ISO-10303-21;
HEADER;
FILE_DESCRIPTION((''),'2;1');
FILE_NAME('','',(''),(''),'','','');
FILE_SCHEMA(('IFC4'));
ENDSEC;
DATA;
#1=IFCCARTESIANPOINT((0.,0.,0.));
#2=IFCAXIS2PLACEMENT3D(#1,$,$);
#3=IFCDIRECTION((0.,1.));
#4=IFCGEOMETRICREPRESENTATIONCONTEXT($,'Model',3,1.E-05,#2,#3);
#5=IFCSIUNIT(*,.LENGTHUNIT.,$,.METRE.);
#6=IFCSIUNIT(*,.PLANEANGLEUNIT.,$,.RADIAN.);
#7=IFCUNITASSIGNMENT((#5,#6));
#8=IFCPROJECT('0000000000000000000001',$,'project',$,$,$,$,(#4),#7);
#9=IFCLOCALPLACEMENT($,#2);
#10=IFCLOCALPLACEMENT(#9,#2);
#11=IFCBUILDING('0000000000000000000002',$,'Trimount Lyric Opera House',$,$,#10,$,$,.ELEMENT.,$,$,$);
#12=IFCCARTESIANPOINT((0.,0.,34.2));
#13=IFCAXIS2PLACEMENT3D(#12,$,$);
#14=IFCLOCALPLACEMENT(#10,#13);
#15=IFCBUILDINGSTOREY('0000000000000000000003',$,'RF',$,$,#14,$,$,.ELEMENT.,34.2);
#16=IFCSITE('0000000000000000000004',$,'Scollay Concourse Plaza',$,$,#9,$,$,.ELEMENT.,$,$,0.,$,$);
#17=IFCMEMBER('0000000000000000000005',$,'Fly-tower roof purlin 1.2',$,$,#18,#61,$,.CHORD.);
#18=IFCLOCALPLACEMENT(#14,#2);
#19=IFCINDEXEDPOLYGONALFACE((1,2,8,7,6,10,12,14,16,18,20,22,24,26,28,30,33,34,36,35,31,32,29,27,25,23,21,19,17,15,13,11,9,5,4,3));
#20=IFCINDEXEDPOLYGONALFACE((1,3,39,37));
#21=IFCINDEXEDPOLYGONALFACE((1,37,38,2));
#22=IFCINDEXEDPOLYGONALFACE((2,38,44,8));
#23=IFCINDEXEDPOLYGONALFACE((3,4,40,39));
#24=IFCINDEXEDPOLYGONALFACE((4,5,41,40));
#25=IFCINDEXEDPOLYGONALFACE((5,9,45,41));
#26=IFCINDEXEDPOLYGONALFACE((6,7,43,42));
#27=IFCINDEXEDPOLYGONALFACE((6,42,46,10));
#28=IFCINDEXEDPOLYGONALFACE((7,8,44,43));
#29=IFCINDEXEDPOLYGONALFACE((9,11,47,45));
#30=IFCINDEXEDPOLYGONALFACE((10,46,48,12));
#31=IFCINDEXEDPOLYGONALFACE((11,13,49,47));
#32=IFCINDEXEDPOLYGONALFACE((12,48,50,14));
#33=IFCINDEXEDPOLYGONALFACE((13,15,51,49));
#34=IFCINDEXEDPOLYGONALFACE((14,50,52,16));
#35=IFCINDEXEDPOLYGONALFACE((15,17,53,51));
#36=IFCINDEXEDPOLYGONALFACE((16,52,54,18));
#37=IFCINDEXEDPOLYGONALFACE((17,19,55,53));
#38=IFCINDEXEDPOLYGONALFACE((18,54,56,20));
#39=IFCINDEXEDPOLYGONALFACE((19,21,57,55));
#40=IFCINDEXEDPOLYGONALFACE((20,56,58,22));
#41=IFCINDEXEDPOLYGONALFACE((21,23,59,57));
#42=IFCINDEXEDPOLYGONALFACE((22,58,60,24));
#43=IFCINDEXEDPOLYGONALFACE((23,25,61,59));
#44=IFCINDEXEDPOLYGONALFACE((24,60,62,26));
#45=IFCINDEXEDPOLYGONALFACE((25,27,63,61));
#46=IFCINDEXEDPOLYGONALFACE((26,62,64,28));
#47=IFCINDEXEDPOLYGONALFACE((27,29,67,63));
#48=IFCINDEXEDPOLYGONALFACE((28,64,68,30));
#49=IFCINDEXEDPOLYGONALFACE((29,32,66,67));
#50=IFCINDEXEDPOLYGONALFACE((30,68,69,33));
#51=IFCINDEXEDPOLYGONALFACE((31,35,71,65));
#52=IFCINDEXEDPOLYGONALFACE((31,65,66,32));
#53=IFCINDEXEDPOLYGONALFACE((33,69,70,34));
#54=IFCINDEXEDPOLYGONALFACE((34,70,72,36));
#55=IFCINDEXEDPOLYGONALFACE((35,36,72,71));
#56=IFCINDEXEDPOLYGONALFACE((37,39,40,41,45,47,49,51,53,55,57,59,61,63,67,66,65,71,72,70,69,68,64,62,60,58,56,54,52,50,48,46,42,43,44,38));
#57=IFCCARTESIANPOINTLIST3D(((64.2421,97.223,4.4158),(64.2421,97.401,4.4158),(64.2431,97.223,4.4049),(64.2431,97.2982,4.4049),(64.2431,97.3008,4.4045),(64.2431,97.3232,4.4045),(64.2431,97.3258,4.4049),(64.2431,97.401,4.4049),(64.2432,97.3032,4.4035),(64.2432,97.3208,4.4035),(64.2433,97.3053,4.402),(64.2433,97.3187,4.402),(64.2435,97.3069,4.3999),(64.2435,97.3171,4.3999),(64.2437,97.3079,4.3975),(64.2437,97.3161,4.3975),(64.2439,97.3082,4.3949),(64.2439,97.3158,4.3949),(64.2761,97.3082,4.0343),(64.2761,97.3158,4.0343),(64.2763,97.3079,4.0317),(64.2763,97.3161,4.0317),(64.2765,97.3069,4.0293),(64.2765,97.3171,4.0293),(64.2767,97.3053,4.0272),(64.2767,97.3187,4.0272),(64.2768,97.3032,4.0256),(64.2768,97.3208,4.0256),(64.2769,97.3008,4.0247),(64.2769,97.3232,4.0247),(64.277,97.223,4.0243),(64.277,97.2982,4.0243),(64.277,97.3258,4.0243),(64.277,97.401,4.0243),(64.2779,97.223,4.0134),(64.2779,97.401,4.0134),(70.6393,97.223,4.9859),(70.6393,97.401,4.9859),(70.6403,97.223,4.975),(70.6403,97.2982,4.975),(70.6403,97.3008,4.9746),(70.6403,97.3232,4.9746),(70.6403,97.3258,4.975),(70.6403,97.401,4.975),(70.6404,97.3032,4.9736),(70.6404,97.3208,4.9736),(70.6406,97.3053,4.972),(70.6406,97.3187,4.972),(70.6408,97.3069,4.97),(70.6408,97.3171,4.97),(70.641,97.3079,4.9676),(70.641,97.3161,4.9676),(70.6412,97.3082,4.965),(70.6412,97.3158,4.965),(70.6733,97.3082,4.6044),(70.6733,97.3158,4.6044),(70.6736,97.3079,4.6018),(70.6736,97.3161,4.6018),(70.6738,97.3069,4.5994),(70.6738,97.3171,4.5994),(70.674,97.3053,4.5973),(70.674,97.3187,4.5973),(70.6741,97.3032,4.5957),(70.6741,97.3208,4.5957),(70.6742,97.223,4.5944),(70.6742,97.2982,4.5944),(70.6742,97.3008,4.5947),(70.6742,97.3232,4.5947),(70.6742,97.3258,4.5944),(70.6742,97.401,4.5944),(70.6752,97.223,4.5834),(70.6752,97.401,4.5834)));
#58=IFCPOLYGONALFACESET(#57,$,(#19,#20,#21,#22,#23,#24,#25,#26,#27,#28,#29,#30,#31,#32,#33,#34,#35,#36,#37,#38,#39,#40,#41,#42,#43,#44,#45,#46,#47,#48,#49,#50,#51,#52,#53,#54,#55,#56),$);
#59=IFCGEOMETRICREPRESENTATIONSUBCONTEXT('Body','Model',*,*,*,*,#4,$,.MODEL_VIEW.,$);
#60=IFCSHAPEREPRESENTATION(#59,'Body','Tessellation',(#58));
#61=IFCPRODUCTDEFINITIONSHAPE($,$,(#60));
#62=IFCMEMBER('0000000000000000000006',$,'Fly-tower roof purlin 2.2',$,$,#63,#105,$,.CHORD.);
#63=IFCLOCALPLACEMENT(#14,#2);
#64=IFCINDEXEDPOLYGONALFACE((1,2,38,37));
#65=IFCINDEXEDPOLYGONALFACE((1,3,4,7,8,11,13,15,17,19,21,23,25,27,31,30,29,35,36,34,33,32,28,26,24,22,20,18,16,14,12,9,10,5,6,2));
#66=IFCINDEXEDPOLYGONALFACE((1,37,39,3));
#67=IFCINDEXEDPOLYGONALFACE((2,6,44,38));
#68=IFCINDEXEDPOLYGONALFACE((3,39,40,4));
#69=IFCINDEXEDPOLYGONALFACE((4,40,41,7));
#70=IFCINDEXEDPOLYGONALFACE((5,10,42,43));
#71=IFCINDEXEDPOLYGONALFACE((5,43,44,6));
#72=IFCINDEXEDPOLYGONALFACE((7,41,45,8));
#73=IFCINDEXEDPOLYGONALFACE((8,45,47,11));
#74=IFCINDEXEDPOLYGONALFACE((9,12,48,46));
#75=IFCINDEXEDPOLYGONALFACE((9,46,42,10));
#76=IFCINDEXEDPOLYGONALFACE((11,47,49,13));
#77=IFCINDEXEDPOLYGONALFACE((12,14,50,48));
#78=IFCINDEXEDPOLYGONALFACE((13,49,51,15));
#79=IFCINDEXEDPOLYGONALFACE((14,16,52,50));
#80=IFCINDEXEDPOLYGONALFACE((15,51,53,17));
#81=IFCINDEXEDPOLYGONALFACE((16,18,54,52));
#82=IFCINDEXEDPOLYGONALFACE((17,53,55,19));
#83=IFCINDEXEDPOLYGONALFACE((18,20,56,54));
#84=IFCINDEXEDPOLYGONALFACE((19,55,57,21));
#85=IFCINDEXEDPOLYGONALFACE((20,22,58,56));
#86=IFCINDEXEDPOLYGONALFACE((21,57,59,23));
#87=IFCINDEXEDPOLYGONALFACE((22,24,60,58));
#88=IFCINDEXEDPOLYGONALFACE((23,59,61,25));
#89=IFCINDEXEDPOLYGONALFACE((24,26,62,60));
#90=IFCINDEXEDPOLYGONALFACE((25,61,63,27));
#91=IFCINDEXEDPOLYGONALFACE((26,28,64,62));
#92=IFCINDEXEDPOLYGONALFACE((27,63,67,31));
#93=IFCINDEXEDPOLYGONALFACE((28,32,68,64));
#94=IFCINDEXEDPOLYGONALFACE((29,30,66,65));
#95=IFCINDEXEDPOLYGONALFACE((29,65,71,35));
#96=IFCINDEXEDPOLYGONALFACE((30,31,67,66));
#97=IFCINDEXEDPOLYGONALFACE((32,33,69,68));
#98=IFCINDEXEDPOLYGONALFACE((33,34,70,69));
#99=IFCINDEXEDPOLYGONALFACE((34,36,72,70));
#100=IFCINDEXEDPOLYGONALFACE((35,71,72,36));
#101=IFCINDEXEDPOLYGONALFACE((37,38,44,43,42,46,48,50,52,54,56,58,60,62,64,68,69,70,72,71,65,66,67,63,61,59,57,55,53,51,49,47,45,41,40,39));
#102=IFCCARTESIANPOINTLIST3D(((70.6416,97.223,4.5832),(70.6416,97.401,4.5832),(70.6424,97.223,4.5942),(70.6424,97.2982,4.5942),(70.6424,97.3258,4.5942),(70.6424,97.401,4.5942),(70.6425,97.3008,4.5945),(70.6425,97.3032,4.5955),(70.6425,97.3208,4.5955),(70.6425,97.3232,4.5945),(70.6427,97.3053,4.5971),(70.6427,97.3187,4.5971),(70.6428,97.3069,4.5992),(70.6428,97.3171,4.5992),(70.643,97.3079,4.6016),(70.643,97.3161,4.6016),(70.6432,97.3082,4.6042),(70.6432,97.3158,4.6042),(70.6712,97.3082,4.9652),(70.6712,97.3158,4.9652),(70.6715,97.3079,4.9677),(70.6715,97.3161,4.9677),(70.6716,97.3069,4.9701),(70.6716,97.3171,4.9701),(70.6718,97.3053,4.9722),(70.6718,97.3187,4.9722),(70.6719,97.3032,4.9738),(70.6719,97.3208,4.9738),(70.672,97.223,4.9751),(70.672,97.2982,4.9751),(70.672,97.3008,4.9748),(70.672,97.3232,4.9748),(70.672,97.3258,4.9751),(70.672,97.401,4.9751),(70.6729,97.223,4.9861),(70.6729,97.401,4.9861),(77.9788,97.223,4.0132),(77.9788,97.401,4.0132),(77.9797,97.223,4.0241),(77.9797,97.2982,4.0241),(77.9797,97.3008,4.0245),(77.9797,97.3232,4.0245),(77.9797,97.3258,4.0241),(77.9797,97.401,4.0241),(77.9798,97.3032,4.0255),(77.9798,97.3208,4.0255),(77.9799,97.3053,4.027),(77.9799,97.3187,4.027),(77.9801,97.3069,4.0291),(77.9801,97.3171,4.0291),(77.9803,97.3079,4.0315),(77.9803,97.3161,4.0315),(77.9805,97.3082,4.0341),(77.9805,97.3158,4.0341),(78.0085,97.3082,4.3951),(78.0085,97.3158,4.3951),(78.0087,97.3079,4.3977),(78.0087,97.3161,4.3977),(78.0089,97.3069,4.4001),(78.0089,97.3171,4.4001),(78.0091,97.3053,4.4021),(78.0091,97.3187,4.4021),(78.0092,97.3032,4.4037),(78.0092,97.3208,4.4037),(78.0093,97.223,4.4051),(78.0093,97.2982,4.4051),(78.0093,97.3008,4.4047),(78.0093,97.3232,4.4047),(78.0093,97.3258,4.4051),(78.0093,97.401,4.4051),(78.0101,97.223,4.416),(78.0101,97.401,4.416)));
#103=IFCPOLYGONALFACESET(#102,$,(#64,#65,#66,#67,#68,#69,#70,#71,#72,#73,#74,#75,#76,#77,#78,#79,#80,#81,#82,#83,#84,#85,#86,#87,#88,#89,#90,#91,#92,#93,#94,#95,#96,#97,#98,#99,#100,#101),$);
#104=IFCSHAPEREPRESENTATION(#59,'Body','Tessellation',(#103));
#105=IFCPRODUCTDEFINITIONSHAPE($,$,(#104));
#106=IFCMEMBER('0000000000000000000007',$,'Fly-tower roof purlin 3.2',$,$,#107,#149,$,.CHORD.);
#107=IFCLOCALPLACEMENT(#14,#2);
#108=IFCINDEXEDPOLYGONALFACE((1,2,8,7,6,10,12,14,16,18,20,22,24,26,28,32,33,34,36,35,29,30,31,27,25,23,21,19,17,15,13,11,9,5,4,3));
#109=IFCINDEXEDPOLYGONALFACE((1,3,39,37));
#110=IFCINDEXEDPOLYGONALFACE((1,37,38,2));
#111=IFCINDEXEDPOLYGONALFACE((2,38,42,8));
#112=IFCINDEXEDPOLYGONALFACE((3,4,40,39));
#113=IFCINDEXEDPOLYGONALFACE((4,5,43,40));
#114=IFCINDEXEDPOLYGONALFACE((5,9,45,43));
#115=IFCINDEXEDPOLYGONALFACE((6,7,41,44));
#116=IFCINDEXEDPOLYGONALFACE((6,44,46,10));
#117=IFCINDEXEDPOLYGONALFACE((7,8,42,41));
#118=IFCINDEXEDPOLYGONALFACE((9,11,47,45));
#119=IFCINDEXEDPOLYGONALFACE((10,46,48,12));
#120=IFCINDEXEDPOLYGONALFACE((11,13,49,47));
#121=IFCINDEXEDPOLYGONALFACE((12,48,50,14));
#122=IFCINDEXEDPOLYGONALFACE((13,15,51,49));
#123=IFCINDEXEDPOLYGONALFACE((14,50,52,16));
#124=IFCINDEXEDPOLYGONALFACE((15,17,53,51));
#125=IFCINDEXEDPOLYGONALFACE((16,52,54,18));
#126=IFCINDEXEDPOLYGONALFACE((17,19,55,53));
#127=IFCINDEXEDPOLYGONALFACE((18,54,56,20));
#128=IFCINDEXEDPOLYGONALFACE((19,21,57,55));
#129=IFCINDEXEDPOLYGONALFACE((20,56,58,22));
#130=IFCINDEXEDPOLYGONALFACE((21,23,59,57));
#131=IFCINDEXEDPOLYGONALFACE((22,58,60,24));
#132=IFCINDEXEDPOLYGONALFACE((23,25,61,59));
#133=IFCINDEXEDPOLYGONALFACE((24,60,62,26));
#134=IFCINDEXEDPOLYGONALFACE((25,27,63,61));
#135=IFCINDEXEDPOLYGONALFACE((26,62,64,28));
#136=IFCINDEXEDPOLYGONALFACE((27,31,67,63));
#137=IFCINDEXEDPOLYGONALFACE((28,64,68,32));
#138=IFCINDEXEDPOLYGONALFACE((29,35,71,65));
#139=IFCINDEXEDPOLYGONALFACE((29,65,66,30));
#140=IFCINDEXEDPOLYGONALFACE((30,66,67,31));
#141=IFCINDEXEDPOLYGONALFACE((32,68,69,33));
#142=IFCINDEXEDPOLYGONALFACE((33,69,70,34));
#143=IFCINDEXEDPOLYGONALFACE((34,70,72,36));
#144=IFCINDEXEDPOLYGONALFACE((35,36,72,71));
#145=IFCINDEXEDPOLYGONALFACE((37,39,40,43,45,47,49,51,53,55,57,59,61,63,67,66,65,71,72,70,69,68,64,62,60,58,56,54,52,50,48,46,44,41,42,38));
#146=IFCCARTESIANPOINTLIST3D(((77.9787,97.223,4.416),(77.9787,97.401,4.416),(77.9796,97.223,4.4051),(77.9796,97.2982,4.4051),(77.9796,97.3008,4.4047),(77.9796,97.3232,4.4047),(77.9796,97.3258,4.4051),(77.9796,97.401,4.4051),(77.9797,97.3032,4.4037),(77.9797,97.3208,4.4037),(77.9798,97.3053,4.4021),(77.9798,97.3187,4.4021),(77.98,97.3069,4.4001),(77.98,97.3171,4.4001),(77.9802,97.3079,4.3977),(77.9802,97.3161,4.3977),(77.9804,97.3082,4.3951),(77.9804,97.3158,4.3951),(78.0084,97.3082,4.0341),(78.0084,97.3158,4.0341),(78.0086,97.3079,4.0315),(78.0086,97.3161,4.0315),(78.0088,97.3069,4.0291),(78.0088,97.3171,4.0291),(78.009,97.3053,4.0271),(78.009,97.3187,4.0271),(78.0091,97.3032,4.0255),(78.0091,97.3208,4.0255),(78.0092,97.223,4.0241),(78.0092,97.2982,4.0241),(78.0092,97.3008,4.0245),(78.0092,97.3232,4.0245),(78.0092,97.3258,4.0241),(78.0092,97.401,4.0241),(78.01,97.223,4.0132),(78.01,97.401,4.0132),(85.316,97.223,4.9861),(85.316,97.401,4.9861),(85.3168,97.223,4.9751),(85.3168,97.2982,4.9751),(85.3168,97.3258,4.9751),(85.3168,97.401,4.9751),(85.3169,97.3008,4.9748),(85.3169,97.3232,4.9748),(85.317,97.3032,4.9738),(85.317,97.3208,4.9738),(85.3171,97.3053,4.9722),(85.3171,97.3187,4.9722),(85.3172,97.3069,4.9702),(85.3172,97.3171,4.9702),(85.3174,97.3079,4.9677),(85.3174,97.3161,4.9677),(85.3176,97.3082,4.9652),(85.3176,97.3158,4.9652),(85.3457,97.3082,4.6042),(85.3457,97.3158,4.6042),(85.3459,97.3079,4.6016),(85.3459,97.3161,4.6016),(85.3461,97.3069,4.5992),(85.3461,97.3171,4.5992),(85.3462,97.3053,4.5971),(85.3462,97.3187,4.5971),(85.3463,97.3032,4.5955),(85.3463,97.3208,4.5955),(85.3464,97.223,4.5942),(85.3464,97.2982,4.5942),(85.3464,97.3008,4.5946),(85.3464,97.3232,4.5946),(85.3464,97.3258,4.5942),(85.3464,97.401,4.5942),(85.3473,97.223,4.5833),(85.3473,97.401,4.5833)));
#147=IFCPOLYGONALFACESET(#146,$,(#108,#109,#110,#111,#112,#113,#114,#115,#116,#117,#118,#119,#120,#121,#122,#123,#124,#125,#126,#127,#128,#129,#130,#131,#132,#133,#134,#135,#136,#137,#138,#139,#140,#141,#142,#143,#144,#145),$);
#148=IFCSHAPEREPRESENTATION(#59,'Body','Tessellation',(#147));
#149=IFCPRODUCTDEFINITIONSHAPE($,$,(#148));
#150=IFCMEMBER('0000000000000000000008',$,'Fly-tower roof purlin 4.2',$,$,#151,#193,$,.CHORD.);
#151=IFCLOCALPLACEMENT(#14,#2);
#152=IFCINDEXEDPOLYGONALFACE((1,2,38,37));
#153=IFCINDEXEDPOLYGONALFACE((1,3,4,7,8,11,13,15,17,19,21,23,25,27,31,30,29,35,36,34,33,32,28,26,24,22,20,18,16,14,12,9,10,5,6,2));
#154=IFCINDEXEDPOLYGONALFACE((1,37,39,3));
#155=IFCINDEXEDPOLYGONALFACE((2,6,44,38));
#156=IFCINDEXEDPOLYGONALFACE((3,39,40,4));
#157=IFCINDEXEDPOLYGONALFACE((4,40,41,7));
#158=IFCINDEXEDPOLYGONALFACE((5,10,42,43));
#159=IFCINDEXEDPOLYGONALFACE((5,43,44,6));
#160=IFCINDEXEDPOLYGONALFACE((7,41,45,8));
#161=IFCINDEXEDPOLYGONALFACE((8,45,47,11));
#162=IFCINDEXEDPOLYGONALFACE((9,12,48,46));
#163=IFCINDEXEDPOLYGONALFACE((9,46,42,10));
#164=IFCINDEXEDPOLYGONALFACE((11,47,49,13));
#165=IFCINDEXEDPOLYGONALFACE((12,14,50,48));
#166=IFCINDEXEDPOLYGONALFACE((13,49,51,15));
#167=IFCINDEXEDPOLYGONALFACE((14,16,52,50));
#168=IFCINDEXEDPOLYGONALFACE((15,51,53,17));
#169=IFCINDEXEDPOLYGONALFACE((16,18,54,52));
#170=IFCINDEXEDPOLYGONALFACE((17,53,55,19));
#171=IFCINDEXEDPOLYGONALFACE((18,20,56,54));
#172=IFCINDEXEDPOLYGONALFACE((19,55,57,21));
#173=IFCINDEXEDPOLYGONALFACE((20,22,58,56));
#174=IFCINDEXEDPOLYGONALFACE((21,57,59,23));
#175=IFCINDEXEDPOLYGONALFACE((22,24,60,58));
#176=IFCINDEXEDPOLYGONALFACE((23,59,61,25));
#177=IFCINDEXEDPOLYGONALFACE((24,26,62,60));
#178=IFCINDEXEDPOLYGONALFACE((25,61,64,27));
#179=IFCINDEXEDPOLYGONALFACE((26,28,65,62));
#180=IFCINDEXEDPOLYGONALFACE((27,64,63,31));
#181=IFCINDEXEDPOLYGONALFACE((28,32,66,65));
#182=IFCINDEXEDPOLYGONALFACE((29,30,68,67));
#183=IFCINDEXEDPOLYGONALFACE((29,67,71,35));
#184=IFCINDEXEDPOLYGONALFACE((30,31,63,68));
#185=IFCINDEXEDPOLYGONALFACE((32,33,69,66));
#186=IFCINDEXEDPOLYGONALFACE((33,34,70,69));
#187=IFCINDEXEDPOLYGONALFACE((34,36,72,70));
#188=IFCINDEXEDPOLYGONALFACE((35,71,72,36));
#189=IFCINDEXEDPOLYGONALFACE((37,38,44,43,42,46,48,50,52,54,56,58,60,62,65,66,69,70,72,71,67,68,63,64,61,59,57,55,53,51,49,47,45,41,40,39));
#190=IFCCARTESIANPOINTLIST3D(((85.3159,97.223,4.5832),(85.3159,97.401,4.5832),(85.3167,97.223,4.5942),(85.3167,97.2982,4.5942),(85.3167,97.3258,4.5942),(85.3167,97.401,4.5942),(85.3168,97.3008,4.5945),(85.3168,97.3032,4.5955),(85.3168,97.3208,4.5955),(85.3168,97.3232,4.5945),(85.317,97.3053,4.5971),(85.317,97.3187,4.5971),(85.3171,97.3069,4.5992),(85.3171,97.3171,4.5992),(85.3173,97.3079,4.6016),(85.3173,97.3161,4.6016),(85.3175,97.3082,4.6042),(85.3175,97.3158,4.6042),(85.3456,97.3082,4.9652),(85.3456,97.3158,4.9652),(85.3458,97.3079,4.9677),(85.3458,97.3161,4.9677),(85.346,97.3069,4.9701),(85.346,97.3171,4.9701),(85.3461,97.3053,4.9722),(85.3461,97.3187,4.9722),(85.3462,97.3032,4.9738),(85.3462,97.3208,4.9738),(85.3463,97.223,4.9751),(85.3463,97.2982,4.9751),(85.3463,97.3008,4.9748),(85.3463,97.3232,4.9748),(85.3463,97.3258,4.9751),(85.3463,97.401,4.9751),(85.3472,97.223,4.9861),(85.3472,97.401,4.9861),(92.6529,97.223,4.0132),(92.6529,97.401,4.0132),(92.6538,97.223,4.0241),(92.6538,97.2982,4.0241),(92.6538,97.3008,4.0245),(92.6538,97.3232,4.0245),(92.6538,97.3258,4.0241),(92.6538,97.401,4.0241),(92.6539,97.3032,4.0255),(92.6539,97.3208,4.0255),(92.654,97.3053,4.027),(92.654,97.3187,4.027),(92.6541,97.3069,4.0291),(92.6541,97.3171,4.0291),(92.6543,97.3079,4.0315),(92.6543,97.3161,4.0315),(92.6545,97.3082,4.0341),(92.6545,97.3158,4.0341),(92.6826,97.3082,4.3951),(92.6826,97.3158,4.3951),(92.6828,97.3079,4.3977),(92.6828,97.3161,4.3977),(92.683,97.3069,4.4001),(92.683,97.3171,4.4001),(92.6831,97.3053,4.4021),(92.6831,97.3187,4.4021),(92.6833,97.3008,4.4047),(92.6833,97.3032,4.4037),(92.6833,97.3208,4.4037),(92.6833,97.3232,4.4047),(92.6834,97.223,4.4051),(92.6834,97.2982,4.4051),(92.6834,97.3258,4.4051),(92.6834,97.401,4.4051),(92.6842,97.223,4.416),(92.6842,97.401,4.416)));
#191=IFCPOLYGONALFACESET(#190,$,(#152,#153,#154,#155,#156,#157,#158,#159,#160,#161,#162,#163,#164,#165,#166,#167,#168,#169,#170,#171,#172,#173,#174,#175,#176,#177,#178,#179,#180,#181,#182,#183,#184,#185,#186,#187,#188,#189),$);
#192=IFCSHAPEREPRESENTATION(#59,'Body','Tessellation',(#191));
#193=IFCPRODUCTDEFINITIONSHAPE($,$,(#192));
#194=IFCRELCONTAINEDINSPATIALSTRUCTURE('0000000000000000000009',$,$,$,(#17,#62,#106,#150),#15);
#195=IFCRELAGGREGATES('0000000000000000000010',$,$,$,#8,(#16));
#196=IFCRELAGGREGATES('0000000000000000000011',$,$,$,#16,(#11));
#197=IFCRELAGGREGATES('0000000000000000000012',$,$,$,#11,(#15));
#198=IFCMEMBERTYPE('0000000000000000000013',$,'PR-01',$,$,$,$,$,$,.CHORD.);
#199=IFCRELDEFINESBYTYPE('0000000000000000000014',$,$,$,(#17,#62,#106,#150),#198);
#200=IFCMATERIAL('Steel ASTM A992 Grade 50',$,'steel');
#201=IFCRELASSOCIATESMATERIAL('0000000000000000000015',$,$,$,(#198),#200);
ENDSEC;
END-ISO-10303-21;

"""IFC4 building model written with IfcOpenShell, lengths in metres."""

from ifc_helpers import new_model, si_unit, direction, frame, origin, origin_2d, place, context, subcontext, project, spatial, i_section, extrude, material, material_profile, profile_set, type_object, element, save


model = new_model("IFC4")

# Units and contexts
model_context = context("Model", 3, precision=1e-05, world=origin(), true_north=direction((0.0, 1.0)))
body_context = subcontext(model_context, "Body", "Model", "MODEL_VIEW")
ifc_project = project(units=[si_unit("LENGTHUNIT", "METRE"), si_unit("PLANEANGLEUNIT", "RADIAN")], contexts=[model_context])

# Site, building, storey
site_placement = place(None, origin())
site = spatial("IfcSite", under=ifc_project, at=site_placement, Name="Scollay Concourse Plaza", CompositionType="ELEMENT", RefElevation=0.0)
building_placement = place(site_placement, origin())
building = spatial("IfcBuilding", under=site, at=building_placement, Name="Trimount Lyric Opera House", CompositionType="ELEMENT")
storey_placement = place(building_placement, frame((0.0, 0.0, 34.2)))
storey = spatial("IfcBuildingStorey", under=building, at=storey_placement, Name="RF", CompositionType="ELEMENT", Elevation=34.2)

# Members
ifc_material_1 = material(Name="Steel ASTM A992 Grade 50", Category="steel")
ifc_material_profile_1 = material_profile(ifc_material_1, i_section(OverallWidth=0.178, OverallDepth=0.4041, WebThickness=0.0076, FlangeThickness=0.011, FilletRadius=0.01, at=origin_2d()), Name="W16X36")
ifc_profile_set_1 = profile_set([ifc_material_profile_1], Name="Steel ASTM A992 Grade 50")
member_type_1 = type_object("IfcMemberType", Name="PR-01", PredefinedType="CHORD", material=ifc_profile_set_1)
member_1_placement = place(storey_placement, frame((64.26, 97.312, 4.2146), z_axis=(0.996053, 0.0, 0.08876), x_axis=(0.0, 1.0, 0.0)))
element("IfcMember", 1, at=member_1_placement, inside=storey, type_object=member_type_1, Name="Fly-tower roof purlin 1.2", PredefinedType="CHORD", context=body_context, shape_type="SweptSolid", body=[
    extrude(i_section(OverallWidth=0.178, OverallDepth=0.4041, WebThickness=0.0076, FlangeThickness=0.011, FilletRadius=0.01, at=origin_2d()), origin(), (0.0, 0.0, 1.0), 6.4226),
])
for number, where, z_axis, x_axis, name in (
    (2, (70.6572, 97.312, 4.7847), (0.996995, 0.0, -0.077463), (0.0, 1.0, 0.0), "Fly-tower roof purlin 2.2"),
    (3, (77.9944, 97.312, 4.2146), (0.996995, 0.0, 0.077463), (0.0, 1.0, 0.0), "Fly-tower roof purlin 3.2"),
):
    element("IfcMember", number, at=place(storey_placement, frame(where, z_axis=z_axis, x_axis=x_axis)), inside=storey, type_object=member_type_1, Name=name, PredefinedType="CHORD", context=body_context, shape_type="SweptSolid", body=[
        extrude(i_section(OverallWidth=0.178, OverallDepth=0.4041, WebThickness=0.0076, FlangeThickness=0.011, FilletRadius=0.01, at=origin_2d()), origin(), (0.0, 0.0, 1.0), 7.3594),
    ])
member_2_placement = place(storey_placement, frame((85.3315, 97.312, 4.7847), z_axis=(0.996995, 0.0, -0.077465), x_axis=(0.0, 1.0, 0.0)))
element("IfcMember", 4, at=member_2_placement, inside=storey, type_object=member_type_1, Name="Fly-tower roof purlin 4.2", PredefinedType="CHORD", context=body_context, shape_type="SweptSolid", body=[
    extrude(i_section(OverallWidth=0.178, OverallDepth=0.4041, WebThickness=0.0076, FlangeThickness=0.011, FilletRadius=0.01, at=origin_2d()), origin(), (0.0, 0.0, 1.0), 7.3591),
])

save(model, "model.ifc")
